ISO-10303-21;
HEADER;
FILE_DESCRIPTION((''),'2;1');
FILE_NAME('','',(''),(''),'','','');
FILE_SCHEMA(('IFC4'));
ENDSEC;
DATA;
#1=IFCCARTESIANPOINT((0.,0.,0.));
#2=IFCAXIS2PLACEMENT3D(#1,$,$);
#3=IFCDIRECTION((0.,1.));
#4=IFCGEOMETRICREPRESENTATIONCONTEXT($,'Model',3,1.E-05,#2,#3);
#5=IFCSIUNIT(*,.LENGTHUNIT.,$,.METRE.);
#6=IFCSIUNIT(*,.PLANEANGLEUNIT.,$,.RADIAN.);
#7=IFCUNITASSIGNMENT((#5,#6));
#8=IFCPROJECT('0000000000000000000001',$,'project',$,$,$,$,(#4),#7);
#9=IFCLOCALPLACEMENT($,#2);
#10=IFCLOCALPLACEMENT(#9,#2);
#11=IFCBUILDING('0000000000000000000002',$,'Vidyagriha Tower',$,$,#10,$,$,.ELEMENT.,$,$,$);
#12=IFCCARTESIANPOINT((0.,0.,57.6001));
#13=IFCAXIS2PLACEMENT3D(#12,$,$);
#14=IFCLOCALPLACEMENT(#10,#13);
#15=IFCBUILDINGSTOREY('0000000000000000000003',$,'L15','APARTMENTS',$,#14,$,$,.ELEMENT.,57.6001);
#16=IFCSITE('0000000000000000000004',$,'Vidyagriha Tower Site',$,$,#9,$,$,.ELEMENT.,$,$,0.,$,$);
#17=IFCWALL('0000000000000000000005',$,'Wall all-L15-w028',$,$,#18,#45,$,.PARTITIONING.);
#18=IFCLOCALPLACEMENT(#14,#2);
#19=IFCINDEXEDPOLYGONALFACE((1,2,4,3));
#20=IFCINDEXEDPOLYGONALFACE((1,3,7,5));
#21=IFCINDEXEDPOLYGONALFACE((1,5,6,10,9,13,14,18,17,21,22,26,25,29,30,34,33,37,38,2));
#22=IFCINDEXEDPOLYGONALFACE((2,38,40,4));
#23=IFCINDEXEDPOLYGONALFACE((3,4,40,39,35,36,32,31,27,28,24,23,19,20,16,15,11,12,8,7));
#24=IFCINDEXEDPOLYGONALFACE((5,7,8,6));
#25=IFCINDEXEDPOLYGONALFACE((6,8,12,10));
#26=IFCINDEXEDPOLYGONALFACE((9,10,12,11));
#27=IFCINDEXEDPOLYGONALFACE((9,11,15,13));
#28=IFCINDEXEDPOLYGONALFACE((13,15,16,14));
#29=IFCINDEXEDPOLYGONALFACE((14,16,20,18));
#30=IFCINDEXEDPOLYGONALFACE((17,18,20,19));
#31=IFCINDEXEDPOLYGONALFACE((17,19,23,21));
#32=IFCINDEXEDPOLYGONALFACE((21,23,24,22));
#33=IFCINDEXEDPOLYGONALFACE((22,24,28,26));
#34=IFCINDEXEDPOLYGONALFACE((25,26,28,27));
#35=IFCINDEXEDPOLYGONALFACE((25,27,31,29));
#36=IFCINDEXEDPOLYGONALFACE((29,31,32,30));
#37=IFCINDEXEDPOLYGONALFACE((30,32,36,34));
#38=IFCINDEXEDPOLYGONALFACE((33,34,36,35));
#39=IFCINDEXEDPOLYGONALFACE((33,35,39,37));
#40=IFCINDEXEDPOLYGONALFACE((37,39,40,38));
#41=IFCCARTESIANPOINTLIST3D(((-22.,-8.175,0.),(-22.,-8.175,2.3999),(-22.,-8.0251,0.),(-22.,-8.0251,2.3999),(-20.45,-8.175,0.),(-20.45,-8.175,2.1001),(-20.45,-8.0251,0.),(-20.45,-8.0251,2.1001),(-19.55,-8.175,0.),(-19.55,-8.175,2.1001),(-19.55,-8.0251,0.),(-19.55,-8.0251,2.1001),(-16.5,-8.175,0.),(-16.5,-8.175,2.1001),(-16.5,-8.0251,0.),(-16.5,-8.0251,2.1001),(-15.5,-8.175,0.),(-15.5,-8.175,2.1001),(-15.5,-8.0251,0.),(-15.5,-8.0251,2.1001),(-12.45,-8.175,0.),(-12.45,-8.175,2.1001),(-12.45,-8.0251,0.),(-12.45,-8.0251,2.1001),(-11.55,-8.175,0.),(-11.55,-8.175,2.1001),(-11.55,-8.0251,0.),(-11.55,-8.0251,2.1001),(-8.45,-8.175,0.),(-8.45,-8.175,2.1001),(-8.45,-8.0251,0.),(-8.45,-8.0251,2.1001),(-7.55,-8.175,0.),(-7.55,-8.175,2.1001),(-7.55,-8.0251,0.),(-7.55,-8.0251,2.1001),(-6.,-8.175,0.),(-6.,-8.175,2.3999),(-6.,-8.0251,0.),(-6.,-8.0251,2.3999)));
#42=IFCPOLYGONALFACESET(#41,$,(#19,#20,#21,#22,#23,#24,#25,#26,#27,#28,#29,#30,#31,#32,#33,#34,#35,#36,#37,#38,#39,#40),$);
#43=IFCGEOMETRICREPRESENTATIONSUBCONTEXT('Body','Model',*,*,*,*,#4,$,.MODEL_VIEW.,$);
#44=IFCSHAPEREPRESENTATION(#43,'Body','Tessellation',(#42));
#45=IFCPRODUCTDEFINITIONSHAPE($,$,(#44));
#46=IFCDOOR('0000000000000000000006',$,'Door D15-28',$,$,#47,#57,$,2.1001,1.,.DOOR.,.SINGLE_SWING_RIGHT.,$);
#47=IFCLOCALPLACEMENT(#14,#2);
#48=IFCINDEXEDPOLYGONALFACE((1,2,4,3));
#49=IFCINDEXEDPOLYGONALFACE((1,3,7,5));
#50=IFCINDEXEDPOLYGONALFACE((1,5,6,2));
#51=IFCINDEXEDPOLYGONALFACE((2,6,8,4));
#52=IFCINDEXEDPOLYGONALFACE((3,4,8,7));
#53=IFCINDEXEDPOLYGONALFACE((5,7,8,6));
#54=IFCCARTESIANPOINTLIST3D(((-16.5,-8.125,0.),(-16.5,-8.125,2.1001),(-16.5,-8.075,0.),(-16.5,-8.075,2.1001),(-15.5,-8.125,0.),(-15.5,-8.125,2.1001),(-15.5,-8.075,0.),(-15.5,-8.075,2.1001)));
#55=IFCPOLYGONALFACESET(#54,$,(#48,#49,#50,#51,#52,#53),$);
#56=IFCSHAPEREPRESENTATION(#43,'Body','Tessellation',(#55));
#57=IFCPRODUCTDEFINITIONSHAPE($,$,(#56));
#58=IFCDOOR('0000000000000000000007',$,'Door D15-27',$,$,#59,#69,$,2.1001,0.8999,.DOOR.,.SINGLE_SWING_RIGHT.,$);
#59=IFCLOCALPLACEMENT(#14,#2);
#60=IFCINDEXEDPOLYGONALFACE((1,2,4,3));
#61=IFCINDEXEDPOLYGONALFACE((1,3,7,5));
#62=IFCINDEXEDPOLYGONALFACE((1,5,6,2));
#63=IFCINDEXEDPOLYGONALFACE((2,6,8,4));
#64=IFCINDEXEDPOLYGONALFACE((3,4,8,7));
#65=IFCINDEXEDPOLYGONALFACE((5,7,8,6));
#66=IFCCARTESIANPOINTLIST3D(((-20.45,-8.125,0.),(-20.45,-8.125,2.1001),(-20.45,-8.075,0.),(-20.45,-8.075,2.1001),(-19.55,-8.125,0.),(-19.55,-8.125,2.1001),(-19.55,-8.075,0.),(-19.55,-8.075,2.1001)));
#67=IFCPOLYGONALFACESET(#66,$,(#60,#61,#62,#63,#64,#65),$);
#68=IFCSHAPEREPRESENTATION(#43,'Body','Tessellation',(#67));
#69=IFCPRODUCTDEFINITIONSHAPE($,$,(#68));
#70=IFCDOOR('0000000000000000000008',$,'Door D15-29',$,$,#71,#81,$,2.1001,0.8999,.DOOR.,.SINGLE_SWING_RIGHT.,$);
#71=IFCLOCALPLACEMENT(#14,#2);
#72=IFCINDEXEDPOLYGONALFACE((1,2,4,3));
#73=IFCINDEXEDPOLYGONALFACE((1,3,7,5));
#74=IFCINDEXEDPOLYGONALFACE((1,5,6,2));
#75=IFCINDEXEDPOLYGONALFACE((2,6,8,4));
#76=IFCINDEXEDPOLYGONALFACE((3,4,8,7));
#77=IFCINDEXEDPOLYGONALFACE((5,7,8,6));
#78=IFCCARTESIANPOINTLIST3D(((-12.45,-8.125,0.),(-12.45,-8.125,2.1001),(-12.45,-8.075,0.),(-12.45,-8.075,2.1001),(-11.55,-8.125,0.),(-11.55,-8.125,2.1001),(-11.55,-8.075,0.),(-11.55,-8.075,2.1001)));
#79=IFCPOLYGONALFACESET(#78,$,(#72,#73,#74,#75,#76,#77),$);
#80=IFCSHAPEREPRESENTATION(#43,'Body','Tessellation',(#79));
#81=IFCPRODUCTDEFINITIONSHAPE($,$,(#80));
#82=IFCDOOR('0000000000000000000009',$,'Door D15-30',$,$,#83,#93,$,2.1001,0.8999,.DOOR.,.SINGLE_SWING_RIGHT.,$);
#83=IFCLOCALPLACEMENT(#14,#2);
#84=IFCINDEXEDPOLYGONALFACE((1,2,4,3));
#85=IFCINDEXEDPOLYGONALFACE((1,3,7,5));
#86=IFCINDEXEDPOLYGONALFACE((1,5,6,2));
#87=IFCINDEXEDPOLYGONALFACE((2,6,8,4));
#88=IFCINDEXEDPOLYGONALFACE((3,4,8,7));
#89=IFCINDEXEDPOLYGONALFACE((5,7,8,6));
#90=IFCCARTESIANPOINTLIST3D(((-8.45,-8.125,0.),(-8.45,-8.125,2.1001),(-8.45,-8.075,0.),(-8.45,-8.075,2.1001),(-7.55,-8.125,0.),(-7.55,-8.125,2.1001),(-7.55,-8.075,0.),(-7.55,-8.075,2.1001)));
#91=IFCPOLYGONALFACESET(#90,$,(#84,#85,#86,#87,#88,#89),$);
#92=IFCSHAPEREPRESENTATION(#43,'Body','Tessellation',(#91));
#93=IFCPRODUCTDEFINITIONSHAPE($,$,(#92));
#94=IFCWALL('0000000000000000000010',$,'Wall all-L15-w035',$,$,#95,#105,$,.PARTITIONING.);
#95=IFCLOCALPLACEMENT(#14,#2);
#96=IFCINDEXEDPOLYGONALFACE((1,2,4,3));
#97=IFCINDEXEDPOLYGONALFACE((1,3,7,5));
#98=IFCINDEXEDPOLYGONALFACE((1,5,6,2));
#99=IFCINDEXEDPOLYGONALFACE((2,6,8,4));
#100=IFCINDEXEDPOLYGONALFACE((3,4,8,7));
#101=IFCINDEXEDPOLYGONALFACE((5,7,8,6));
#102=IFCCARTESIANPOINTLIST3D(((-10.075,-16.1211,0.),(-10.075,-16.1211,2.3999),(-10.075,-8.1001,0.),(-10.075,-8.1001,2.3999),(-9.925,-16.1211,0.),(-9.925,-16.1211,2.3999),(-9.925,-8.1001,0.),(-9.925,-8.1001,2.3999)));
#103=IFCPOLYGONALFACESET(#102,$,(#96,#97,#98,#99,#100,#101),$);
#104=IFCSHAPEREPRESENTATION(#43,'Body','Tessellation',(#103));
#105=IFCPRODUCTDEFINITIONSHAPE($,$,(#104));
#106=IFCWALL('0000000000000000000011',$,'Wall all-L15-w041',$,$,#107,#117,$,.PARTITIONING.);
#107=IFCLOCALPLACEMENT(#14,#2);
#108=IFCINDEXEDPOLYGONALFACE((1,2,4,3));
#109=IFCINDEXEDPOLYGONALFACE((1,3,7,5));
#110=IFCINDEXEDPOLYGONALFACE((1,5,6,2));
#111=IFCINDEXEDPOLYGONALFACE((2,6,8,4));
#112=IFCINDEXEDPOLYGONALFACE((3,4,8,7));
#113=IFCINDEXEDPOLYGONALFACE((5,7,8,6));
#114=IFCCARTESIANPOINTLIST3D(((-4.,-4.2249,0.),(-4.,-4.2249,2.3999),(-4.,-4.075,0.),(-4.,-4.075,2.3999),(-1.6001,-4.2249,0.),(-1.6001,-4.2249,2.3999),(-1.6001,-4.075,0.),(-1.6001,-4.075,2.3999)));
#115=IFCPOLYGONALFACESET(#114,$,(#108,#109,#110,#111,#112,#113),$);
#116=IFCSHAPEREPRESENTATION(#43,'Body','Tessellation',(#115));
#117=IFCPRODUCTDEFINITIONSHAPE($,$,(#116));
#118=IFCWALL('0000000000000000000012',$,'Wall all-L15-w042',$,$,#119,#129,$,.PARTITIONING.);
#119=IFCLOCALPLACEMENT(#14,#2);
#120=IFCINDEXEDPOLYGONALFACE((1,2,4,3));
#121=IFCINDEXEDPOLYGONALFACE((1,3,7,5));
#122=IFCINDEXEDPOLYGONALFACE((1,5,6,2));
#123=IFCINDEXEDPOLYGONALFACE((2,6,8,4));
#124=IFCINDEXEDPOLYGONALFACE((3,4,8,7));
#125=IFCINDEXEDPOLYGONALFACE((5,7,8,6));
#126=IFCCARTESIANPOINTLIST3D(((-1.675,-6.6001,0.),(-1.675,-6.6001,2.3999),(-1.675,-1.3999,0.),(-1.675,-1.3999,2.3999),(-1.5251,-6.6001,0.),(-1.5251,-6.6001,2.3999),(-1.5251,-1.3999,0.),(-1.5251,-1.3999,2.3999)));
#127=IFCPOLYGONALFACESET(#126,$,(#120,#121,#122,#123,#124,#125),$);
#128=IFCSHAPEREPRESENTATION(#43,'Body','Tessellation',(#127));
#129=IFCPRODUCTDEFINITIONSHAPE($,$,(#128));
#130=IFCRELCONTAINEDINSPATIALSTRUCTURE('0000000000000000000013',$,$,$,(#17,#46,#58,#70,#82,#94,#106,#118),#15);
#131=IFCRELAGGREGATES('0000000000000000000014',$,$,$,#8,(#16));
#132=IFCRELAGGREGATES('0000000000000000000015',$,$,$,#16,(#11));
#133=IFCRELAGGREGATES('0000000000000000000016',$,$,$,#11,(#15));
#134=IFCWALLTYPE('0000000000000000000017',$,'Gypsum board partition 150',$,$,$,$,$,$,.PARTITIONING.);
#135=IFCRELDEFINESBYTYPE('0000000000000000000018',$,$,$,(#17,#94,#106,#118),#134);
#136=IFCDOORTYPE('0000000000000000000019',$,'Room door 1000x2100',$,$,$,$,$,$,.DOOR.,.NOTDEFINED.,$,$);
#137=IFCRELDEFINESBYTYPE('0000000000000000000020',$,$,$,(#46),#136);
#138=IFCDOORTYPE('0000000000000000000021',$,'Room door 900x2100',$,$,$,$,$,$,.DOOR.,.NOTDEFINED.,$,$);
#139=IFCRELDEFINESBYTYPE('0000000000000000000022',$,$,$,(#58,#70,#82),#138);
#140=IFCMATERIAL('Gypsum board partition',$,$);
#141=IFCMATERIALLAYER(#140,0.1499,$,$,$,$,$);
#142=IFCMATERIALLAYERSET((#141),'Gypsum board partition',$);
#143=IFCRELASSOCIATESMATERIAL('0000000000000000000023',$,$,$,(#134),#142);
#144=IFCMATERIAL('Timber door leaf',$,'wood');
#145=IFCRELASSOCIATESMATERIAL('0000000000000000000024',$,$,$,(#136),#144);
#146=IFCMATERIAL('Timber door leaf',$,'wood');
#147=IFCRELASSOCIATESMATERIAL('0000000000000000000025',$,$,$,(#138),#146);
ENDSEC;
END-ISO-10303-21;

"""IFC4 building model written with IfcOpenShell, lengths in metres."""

from ifc_helpers import new_model, si_unit, direction, frame, frame_2d, origin, place, context, subcontext, project, spatial, rectangle, extrude, material, layer, layer_set, type_object, element, fill, save


model = new_model("IFC4")

# Units and contexts
model_context = context("Model", 3, precision=1e-05, world=origin(), true_north=direction((0.0, 1.0)))
body_context = subcontext(model_context, "Body", "Model", "MODEL_VIEW")
ifc_project = project(units=[si_unit("LENGTHUNIT", "METRE"), si_unit("PLANEANGLEUNIT", "RADIAN")], contexts=[model_context])

# Site, building, storey
site_placement = place(None, origin())
site = spatial("IfcSite", under=ifc_project, at=site_placement, Name="Vidyagriha Tower Site", CompositionType="ELEMENT", RefElevation=0.0)
building_placement = place(site_placement, origin())
building = spatial("IfcBuilding", under=site, at=building_placement, Name="Vidyagriha Tower", CompositionType="ELEMENT")
storey_placement = place(building_placement, frame((0.0, 0.0, 57.6001)))
storey = spatial("IfcBuildingStorey", under=building, at=storey_placement, Name="L15", Description="APARTMENTS", CompositionType="ELEMENT", Elevation=57.6001)

# Shared definitions
ifc_material_1 = material(Name="Gypsum board partition")
ifc_layer_1 = layer(ifc_material_1, 0.1499)
ifc_layer_set_1 = layer_set([ifc_layer_1], Name="Gypsum board partition")
wall_type_1 = type_object("IfcWallType", Name="Gypsum board partition 150", PredefinedType="PARTITIONING", material=ifc_layer_set_1)

# Wall, openings, doors
wall_1_placement = place(storey_placement, frame((-6.0, -8.1001, 0.0), z_axis=(0.0, 0.0, 1.0), x_axis=(-1.0, 0.0, 0.0)))
wall_1 = element("IfcWall", 1, at=wall_1_placement, inside=storey, type_object=wall_type_1, Name="Wall all-L15-w028", PredefinedType="PARTITIONING", context=body_context, shape_type="SweptSolid", body=[
    extrude(rectangle(XDim=16.0, YDim=0.1499, at=frame_2d((8.0, 0.0))), origin(), (0.0, 0.0, 1.0), 2.3999),
])
opening_1_placement = place(wall_1_placement, frame((13.55, 0.0, 0.0)))
opening_1 = element("IfcOpeningElement", 2, at=opening_1_placement, cuts=wall_1, PredefinedType="OPENING", context=body_context, shape_type="SweptSolid", body=[
    extrude(rectangle(XDim=0.8999, YDim=2.1001, at=frame_2d((0.45, 1.05))), frame((0.0, 0.085, 0.0), z_axis=(0.0, -1.0, 0.0), x_axis=(1.0, 0.0, 0.0)), (0.0, 0.0, 1.0), 0.1699),
])
opening_2_placement = place(wall_1_placement, frame((9.5, 0.0, 0.0)))
opening_2 = element("IfcOpeningElement", 3, at=opening_2_placement, cuts=wall_1, PredefinedType="OPENING", context=body_context, shape_type="SweptSolid", body=[
    extrude(rectangle(XDim=1.0, YDim=2.1001, at=frame_2d((0.5, 1.05))), frame((0.0, 0.085, 0.0), z_axis=(0.0, -1.0, 0.0), x_axis=(1.0, 0.0, 0.0)), (0.0, 0.0, 1.0), 0.1699),
])
opening_3_placement = place(wall_1_placement, frame((5.55, 0.0, 0.0)))
opening_3 = element("IfcOpeningElement", 4, at=opening_3_placement, cuts=wall_1, PredefinedType="OPENING", context=body_context, shape_type="SweptSolid", body=[
    extrude(rectangle(XDim=0.8999, YDim=2.1001, at=frame_2d((0.45, 1.05))), frame((0.0, 0.085, 0.0), z_axis=(0.0, -1.0, 0.0), x_axis=(1.0, 0.0, 0.0)), (0.0, 0.0, 1.0), 0.1699),
])
opening_4_placement = place(wall_1_placement, frame((1.55, 0.0, 0.0)))
opening_4 = element("IfcOpeningElement", 5, at=opening_4_placement, cuts=wall_1, PredefinedType="OPENING", context=body_context, shape_type="SweptSolid", body=[
    extrude(rectangle(XDim=0.8999, YDim=2.1001, at=frame_2d((0.45, 1.05))), frame((0.0, 0.085, 0.0), z_axis=(0.0, -1.0, 0.0), x_axis=(1.0, 0.0, 0.0)), (0.0, 0.0, 1.0), 0.1699),
])
ifc_material_2 = material(Name="Timber door leaf", Category="wood")
door_type_1 = type_object("IfcDoorType", Name="Room door 1000x2100", OperationType="NOTDEFINED", PredefinedType="DOOR", material=ifc_material_2)
door_1_placement = place(opening_2_placement, origin())
door_1 = element("IfcDoor", 6, at=door_1_placement, inside=storey, type_object=door_type_1, Name="Door D15-28", OperationType="SINGLE_SWING_RIGHT", OverallHeight=2.1001, OverallWidth=1.0, PredefinedType="DOOR", context=body_context, shape_type="SweptSolid", body=[
    extrude(rectangle(XDim=1.0, YDim=2.1001, at=frame_2d((0.5, 1.05))), frame((0.0, 0.0249, 0.0), z_axis=(0.0, -1.0, 0.0), x_axis=(1.0, 0.0, 0.0)), (0.0, 0.0, 1.0), 0.05),
])
fill(opening_2, door_1)
ifc_material_3 = material(Name="Timber door leaf", Category="wood")
door_type_2 = type_object("IfcDoorType", Name="Room door 900x2100", OperationType="NOTDEFINED", PredefinedType="DOOR", material=ifc_material_3)
door_2_placement = place(opening_1_placement, origin())
door_2 = element("IfcDoor", 7, at=door_2_placement, inside=storey, type_object=door_type_2, Name="Door D15-27", OperationType="SINGLE_SWING_RIGHT", OverallHeight=2.1001, OverallWidth=0.8999, PredefinedType="DOOR", context=body_context, shape_type="SweptSolid", body=[
    extrude(rectangle(XDim=0.8999, YDim=2.1001, at=frame_2d((0.45, 1.05))), frame((0.0, 0.0249, 0.0), z_axis=(0.0, -1.0, 0.0), x_axis=(1.0, 0.0, 0.0)), (0.0, 0.0, 1.0), 0.05),
])
fill(opening_1, door_2)
door_3_placement = place(opening_3_placement, origin())
door_3 = element("IfcDoor", 8, at=door_3_placement, inside=storey, type_object=door_type_2, Name="Door D15-29", OperationType="SINGLE_SWING_RIGHT", OverallHeight=2.1001, OverallWidth=0.8999, PredefinedType="DOOR", context=body_context, shape_type="SweptSolid", body=[
    extrude(rectangle(XDim=0.8999, YDim=2.1001, at=frame_2d((0.45, 1.05))), frame((0.0, 0.0249, 0.0), z_axis=(0.0, -1.0, 0.0), x_axis=(1.0, 0.0, 0.0)), (0.0, 0.0, 1.0), 0.05),
])
fill(opening_3, door_3)
door_4_placement = place(opening_4_placement, origin())
door_4 = element("IfcDoor", 9, at=door_4_placement, inside=storey, type_object=door_type_2, Name="Door D15-30", OperationType="SINGLE_SWING_RIGHT", OverallHeight=2.1001, OverallWidth=0.8999, PredefinedType="DOOR", context=body_context, shape_type="SweptSolid", body=[
    extrude(rectangle(XDim=0.8999, YDim=2.1001, at=frame_2d((0.45, 1.05))), frame((0.0, 0.0249, 0.0), z_axis=(0.0, -1.0, 0.0), x_axis=(1.0, 0.0, 0.0)), (0.0, 0.0, 1.0), 0.05),
])
fill(opening_4, door_4)

# Walls
wall_2_placement = place(storey_placement, frame((-10.0, -8.1001, 0.0), z_axis=(0.0, 0.0, 1.0), x_axis=(0.0, -1.0, 0.0)))
element("IfcWall", 10, at=wall_2_placement, inside=storey, type_object=wall_type_1, Name="Wall all-L15-w035", PredefinedType="PARTITIONING", context=body_context, shape_type="SweptSolid", body=[
    extrude(rectangle(XDim=8.021, YDim=0.1499, at=frame_2d((4.0105, 0.0))), origin(), (0.0, 0.0, 1.0), 2.3999),
])
wall_3_placement = place(storey_placement, frame((-1.6001, -4.1499, 0.0), z_axis=(0.0, 0.0, 1.0), x_axis=(-1.0, 0.0, 0.0)))
element("IfcWall", 11, at=wall_3_placement, inside=storey, type_object=wall_type_1, Name="Wall all-L15-w041", PredefinedType="PARTITIONING", context=body_context, shape_type="SweptSolid", body=[
    extrude(rectangle(XDim=2.3999, YDim=0.1499, at=frame_2d((1.2, 0.0))), origin(), (0.0, 0.0, 1.0), 2.3999),
])
wall_4_placement = place(storey_placement, frame((-1.6001, -1.3999, 0.0), z_axis=(0.0, 0.0, 1.0), x_axis=(0.0, -1.0, 0.0)))
element("IfcWall", 12, at=wall_4_placement, inside=storey, type_object=wall_type_1, Name="Wall all-L15-w042", PredefinedType="PARTITIONING", context=body_context, shape_type="SweptSolid", body=[
    extrude(rectangle(XDim=5.2002, YDim=0.1499, at=frame_2d((2.6001, 0.0))), origin(), (0.0, 0.0, 1.0), 2.3999),
])

save(model, "model.ifc")
